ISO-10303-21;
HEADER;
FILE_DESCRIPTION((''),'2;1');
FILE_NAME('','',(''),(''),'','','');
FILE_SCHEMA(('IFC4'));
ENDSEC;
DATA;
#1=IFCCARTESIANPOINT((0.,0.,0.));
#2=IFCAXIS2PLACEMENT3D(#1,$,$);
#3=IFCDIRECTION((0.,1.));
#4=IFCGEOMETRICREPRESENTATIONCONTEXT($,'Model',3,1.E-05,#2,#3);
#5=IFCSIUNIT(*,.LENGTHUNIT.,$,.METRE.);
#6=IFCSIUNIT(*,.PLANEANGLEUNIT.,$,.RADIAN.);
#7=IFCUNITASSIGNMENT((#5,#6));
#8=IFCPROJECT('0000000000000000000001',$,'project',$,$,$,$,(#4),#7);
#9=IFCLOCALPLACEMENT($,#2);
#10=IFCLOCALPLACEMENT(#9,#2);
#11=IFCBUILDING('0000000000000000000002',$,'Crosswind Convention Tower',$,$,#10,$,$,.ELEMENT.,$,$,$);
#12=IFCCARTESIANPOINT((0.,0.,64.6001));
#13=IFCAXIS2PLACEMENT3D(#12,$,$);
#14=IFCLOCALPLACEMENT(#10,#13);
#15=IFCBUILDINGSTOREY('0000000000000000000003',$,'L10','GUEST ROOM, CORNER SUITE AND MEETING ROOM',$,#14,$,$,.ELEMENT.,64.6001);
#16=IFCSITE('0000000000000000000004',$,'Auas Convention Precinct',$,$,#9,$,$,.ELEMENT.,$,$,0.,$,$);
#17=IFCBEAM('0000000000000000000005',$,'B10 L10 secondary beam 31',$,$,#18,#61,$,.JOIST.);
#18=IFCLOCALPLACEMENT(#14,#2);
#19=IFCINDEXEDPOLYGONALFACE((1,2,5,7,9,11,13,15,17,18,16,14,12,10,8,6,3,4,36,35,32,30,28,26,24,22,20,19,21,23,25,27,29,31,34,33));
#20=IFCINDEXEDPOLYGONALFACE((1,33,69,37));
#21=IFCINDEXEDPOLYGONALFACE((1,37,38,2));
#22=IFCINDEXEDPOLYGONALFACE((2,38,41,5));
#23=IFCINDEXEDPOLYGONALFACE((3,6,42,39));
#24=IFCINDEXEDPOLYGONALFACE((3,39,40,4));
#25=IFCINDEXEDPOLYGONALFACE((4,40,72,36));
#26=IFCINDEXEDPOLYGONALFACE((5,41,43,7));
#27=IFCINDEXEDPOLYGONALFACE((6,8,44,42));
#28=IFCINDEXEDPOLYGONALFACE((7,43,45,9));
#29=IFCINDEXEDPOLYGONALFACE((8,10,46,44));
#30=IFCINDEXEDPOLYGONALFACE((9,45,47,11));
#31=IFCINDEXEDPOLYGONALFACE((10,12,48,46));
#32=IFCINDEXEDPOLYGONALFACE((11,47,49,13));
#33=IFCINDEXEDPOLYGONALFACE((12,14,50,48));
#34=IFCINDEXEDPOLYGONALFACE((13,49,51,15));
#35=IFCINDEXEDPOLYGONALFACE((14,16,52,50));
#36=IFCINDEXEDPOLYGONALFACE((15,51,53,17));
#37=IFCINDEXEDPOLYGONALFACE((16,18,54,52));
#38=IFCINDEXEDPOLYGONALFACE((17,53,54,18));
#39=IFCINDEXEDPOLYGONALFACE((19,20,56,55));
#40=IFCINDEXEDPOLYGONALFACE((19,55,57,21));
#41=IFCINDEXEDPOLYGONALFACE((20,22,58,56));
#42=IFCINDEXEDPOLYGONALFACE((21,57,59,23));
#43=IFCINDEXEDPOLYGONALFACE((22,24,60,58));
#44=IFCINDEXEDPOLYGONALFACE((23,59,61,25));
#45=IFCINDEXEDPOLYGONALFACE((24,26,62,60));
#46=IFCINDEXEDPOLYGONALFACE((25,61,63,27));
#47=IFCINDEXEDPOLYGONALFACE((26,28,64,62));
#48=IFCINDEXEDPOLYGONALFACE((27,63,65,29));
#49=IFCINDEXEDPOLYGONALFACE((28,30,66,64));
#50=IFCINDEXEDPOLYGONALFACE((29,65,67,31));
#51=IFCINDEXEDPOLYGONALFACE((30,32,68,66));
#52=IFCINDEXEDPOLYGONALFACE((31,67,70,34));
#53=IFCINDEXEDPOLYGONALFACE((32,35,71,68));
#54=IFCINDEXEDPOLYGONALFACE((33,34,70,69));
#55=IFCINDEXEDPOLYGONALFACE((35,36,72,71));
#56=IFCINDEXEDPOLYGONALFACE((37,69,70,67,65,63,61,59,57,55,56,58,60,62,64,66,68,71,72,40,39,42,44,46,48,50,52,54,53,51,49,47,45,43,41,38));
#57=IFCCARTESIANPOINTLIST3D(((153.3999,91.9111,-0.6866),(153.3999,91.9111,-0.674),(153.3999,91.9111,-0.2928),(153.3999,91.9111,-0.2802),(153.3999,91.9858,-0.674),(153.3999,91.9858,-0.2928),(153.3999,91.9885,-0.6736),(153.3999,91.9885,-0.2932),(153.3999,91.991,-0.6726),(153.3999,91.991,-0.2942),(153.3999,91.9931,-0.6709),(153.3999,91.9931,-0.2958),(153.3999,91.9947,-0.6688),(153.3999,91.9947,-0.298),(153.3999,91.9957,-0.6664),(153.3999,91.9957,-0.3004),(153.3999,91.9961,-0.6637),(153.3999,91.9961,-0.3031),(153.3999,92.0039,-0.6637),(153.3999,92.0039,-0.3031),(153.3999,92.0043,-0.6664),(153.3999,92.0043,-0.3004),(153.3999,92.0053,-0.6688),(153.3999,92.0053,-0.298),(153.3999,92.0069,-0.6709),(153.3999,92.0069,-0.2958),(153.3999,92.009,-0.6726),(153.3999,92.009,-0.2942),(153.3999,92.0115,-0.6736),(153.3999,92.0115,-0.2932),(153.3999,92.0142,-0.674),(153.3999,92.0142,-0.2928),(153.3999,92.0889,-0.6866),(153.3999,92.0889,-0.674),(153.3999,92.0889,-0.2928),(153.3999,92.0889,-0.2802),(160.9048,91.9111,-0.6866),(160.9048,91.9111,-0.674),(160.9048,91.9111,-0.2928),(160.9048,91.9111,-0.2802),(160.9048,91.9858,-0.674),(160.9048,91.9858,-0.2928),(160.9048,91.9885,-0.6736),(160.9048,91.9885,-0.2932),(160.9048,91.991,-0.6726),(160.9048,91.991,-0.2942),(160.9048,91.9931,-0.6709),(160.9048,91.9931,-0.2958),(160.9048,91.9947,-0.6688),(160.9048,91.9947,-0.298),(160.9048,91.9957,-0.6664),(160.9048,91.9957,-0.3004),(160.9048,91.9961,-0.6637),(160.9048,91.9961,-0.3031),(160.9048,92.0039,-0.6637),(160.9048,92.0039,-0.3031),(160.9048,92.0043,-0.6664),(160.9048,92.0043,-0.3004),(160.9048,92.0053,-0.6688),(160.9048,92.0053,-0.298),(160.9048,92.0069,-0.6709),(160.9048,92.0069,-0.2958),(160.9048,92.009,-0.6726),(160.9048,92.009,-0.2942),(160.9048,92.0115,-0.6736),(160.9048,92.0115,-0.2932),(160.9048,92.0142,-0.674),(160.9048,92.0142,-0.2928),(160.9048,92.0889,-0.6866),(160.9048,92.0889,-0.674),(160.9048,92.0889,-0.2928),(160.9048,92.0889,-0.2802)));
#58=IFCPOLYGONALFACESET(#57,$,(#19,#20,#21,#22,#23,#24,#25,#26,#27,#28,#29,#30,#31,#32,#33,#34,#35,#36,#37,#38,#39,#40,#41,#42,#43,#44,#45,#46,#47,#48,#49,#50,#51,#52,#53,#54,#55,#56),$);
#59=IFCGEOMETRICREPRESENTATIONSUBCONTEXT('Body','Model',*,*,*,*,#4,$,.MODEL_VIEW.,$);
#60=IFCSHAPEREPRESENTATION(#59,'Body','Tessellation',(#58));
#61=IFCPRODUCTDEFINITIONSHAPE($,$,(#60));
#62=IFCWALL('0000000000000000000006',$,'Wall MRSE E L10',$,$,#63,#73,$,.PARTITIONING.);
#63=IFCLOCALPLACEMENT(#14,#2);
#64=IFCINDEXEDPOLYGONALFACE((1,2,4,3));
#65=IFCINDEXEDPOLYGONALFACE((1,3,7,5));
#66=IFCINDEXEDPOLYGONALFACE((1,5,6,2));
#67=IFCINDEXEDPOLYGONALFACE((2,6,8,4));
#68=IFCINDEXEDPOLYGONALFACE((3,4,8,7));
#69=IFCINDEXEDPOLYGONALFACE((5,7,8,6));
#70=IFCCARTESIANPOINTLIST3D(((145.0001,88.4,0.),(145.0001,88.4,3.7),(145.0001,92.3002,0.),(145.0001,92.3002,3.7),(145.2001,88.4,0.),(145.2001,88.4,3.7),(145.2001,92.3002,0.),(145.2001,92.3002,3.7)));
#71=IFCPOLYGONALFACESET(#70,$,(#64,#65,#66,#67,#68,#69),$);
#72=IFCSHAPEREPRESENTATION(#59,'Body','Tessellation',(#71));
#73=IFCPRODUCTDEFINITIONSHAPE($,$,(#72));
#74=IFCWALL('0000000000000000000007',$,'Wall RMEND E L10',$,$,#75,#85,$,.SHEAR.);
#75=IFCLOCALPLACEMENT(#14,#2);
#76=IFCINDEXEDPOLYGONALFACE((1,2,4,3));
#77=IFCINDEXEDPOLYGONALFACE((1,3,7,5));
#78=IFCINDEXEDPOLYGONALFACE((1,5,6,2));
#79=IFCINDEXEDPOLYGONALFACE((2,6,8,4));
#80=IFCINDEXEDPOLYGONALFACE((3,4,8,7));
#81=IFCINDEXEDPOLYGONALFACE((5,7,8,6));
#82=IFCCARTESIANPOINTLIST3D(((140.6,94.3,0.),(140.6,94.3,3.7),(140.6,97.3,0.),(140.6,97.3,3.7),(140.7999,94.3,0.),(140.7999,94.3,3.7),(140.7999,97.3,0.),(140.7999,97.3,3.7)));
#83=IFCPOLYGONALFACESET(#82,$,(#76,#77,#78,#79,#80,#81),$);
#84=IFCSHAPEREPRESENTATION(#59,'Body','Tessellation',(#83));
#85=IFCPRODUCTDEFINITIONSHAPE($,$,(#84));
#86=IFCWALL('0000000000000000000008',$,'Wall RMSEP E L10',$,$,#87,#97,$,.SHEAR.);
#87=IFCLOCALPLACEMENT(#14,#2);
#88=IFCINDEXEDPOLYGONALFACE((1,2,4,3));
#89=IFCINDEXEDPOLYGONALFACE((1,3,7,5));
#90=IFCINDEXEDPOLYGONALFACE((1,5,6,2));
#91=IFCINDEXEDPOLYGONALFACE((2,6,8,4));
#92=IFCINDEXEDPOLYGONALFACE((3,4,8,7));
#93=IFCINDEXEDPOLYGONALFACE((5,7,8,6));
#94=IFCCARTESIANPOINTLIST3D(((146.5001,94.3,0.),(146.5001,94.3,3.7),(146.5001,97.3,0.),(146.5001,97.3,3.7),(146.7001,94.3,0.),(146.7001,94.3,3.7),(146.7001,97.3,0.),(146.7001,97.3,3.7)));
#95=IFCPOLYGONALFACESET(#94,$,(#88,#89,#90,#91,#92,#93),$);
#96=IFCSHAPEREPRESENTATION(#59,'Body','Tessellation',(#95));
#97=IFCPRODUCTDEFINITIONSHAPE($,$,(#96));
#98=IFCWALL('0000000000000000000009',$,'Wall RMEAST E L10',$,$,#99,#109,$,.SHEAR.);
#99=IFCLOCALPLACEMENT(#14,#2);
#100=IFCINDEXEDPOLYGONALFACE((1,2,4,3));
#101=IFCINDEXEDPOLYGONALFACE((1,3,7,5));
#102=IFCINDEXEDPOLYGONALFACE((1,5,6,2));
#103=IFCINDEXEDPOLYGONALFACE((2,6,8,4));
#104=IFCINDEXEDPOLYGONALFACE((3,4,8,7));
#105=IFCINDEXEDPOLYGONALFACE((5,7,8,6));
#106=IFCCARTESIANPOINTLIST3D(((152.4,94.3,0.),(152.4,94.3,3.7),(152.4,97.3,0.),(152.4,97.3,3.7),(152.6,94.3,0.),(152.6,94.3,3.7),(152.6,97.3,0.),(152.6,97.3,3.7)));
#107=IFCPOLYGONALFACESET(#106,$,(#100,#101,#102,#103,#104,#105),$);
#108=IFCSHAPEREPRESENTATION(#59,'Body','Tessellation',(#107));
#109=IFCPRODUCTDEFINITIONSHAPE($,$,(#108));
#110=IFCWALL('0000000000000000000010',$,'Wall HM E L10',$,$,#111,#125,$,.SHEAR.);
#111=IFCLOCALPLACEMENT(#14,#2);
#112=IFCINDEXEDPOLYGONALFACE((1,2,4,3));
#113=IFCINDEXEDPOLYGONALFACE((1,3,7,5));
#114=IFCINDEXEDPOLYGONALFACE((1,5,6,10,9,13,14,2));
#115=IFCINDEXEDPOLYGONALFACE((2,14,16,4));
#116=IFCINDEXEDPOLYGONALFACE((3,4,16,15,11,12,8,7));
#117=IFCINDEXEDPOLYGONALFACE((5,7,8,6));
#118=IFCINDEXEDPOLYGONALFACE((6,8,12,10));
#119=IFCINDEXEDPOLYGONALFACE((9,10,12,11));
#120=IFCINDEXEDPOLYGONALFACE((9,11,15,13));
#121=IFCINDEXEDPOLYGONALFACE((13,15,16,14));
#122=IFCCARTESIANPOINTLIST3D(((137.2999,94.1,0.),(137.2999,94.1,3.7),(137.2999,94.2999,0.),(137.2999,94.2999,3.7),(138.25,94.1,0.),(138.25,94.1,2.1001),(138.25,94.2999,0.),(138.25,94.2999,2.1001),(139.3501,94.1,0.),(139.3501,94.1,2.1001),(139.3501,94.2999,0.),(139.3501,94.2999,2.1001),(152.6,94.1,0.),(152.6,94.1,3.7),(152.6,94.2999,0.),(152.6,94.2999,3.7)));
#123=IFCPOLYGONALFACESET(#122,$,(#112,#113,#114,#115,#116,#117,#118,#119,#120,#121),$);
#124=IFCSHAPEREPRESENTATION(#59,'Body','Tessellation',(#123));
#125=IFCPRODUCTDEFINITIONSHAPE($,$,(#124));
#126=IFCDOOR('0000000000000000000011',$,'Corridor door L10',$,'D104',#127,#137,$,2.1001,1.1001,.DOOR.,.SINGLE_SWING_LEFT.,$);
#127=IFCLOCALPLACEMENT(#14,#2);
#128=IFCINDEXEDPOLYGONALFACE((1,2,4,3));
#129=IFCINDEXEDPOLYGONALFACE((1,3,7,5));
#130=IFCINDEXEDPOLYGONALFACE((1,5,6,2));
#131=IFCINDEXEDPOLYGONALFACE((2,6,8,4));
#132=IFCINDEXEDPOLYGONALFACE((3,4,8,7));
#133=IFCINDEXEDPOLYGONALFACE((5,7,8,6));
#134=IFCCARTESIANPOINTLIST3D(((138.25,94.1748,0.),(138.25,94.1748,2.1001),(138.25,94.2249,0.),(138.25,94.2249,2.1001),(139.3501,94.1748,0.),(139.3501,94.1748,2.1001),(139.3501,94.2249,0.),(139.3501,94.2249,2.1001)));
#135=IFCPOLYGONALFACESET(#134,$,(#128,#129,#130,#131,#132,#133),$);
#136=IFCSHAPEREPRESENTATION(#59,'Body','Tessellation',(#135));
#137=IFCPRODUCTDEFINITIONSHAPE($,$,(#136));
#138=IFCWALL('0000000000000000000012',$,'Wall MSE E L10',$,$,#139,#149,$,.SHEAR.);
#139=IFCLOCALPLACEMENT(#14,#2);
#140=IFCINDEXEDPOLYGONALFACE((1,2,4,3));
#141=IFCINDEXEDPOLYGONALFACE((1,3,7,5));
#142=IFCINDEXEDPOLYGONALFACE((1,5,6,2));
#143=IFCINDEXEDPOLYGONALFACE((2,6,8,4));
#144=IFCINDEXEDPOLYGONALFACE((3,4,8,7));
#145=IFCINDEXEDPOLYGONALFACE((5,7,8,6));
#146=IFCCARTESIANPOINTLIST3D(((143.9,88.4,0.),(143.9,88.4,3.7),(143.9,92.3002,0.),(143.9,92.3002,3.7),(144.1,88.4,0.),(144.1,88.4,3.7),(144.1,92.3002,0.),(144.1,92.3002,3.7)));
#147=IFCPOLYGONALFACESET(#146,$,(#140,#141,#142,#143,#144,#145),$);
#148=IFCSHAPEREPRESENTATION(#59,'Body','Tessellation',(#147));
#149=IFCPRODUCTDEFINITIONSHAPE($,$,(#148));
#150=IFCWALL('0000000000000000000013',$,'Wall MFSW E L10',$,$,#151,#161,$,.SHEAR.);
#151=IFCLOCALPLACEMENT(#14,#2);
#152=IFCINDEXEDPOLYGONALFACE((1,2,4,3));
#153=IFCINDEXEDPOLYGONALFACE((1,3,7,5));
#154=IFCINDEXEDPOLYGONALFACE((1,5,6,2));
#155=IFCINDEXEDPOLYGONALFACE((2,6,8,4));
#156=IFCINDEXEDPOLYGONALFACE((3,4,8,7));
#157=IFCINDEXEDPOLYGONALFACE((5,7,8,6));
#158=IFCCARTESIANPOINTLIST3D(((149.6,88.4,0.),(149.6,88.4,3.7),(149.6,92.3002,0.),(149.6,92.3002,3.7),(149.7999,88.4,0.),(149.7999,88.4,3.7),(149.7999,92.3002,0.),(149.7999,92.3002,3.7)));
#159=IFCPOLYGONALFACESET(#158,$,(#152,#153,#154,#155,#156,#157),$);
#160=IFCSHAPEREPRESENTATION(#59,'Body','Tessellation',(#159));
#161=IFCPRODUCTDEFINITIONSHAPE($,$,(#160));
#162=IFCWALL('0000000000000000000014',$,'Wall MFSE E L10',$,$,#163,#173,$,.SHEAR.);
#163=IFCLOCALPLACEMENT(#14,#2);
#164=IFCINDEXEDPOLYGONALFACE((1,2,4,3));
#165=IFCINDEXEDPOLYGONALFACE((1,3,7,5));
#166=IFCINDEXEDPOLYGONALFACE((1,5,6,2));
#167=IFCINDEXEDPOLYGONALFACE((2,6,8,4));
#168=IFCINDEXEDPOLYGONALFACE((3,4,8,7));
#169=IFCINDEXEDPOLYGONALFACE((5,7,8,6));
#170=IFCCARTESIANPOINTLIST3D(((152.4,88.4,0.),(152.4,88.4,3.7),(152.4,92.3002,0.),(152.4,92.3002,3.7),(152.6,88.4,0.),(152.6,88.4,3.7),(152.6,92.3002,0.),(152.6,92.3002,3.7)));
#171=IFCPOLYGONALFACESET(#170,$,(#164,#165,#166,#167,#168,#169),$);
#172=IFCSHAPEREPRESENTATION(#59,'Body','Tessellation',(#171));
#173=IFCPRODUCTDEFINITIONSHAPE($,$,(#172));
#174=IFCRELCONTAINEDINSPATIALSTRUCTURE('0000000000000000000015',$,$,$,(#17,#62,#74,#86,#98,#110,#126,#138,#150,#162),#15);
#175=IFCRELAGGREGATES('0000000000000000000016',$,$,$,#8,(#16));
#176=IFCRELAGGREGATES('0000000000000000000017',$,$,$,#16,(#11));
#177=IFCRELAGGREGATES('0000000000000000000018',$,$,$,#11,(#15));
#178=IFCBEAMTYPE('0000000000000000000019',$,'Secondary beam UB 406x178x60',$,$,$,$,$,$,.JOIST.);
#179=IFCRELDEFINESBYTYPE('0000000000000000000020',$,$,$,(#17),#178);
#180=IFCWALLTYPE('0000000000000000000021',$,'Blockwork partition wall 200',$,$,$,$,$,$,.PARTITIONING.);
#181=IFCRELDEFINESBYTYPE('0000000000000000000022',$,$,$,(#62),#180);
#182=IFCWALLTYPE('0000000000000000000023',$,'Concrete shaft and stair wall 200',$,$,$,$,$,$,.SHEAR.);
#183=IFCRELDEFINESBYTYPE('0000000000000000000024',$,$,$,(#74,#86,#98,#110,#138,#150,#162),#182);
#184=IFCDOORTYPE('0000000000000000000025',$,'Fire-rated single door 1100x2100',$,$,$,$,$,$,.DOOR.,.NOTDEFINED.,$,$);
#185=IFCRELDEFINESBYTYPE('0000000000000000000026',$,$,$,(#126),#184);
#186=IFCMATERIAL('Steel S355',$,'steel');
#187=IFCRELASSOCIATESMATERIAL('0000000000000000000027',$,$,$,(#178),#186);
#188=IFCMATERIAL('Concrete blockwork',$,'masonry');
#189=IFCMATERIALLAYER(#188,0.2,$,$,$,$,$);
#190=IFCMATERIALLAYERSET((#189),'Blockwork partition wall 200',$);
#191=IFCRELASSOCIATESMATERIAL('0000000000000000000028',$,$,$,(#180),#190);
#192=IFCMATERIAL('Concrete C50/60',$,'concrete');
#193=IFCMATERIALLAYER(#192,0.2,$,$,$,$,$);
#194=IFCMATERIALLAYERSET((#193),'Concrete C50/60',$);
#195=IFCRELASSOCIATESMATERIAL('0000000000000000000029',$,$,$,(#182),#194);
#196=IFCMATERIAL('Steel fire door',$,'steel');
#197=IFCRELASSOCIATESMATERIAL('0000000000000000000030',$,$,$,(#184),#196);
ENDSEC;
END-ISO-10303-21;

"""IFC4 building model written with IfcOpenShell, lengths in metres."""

from ifc_helpers import new_model, si_unit, direction, frame, frame_2d, origin, origin_2d, place, context, subcontext, project, spatial, rectangle, i_section, extrude, material, layer, layer_set, material_profile, profile_set, type_object, element, fill, save


model = new_model("IFC4")

# Units and contexts
model_context = context("Model", 3, precision=1e-05, world=origin(), true_north=direction((0.0, 1.0)))
body_context = subcontext(model_context, "Body", "Model", "MODEL_VIEW")
ifc_project = project(units=[si_unit("LENGTHUNIT", "METRE"), si_unit("PLANEANGLEUNIT", "RADIAN")], contexts=[model_context])

# Site, building, storey
site_placement = place(None, origin())
site = spatial("IfcSite", under=ifc_project, at=site_placement, Name="Auas Convention Precinct", CompositionType="ELEMENT", RefElevation=0.0)
building_placement = place(site_placement, origin())
building = spatial("IfcBuilding", under=site, at=building_placement, Name="Crosswind Convention Tower", CompositionType="ELEMENT")
storey_placement = place(building_placement, frame((0.0, 0.0, 64.6001)))
storey = spatial("IfcBuildingStorey", under=building, at=storey_placement, Name="L10", Description="GUEST ROOM, CORNER SUITE AND MEETING ROOM", CompositionType="ELEMENT", Elevation=64.6001)

# Beam
ifc_material_1 = material(Name="Steel S355", Category="steel")
ifc_material_profile = material_profile(ifc_material_1, i_section(OverallWidth=0.1777, OverallDepth=0.4065, WebThickness=0.0078, FlangeThickness=0.0127, FilletRadius=0.0103, at=origin_2d()), Name="UB 406x178x60")
ifc_profile_set = profile_set([ifc_material_profile], Name="Steel S355")
beam_type = type_object("IfcBeamType", Name="Secondary beam UB 406x178x60", PredefinedType="JOIST", material=ifc_profile_set)
beam_placement = place(storey_placement, frame((153.3999, 92.0, -0.4834), z_axis=(1.0, 0.0, 0.0), x_axis=(0.0, 1.0, 0.0)))
element("IfcBeam", 1, at=beam_placement, inside=storey, type_object=beam_type, Name="B10 L10 secondary beam 31", PredefinedType="JOIST", context=body_context, shape_type="SweptSolid", body=[
    extrude(i_section(OverallWidth=0.1777, OverallDepth=0.4065, WebThickness=0.0078, FlangeThickness=0.0127, FilletRadius=0.0103, at=origin_2d()), origin(), (0.0, 0.0, 1.0), 7.5049),
])

# Wall
ifc_material_2 = material(Name="Concrete blockwork", Category="masonry")
ifc_layer_1 = layer(ifc_material_2, 0.2)
ifc_layer_set_1 = layer_set([ifc_layer_1], Name="Blockwork partition wall 200")
wall_type_1 = type_object("IfcWallType", Name="Blockwork partition wall 200", PredefinedType="PARTITIONING", material=ifc_layer_set_1)
wall_1_placement = place(storey_placement, frame((145.1001, 88.3999, 0.0), z_axis=(0.0, 0.0, 1.0), x_axis=(0.0, 1.0, 0.0)))
element("IfcWall", 2, at=wall_1_placement, inside=storey, type_object=wall_type_1, Name="Wall MRSE E L10", PredefinedType="PARTITIONING", context=body_context, shape_type="SweptSolid", body=[
    extrude(rectangle(XDim=3.9001, YDim=0.2, at=frame_2d((1.9502, 0.0))), origin(), (0.0, 0.0, 1.0), 3.7),
])

# Shared definitions
ifc_material_3 = material(Name="Concrete C50/60", Category="concrete")

# Walls
ifc_layer_2 = layer(ifc_material_3, 0.2)
ifc_layer_set_2 = layer_set([ifc_layer_2], Name="Concrete C50/60")
wall_type_2 = type_object("IfcWallType", Name="Concrete shaft and stair wall 200", PredefinedType="SHEAR", material=ifc_layer_set_2)
for number, where, z_axis, x_axis, name in (
    (3, (140.7, 94.3, 0.0), (0.0, 0.0, 1.0), (0.0, 1.0, 0.0), "Wall RMEND E L10"),
    (4, (146.6001, 94.3, 0.0), (0.0, 0.0, 1.0), (0.0, 1.0, 0.0), "Wall RMSEP E L10"),
    (5, (152.5, 94.3, 0.0), (0.0, 0.0, 1.0), (0.0, 1.0, 0.0), "Wall RMEAST E L10"),
):
    element("IfcWall", number, at=place(storey_placement, frame(where, z_axis=z_axis, x_axis=x_axis)), inside=storey, type_object=wall_type_2, Name=name, PredefinedType="SHEAR", context=body_context, shape_type="SweptSolid", body=[
        extrude(rectangle(XDim=3.0, YDim=0.2, at=frame_2d((1.5, 0.0))), origin(), (0.0, 0.0, 1.0), 3.7),
    ])

# Wall, opening, door
wall_2_placement = place(storey_placement, frame((137.3, 94.2, 0.0), z_axis=(0.0, 0.0, 1.0), x_axis=(1.0, 0.0, 0.0)))
wall_2 = element("IfcWall", 6, at=wall_2_placement, inside=storey, type_object=wall_type_2, Name="Wall HM E L10", PredefinedType="SHEAR", context=body_context, shape_type="SweptSolid", body=[
    extrude(rectangle(XDim=15.3, YDim=0.2, at=frame_2d((7.6499, 0.0))), origin(), (0.0, 0.0, 1.0), 3.7),
])
opening_1_placement = place(wall_2_placement, frame((0.95, 0.0, 0.0)))
opening_1 = element("IfcOpeningElement", 7, at=opening_1_placement, cuts=wall_2, PredefinedType="OPENING", context=body_context, shape_type="SweptSolid", body=[
    extrude(rectangle(XDim=1.1001, YDim=2.1001, at=frame_2d((0.55, 1.05))), frame((0.0, 0.1099, 0.0), z_axis=(0.0, -1.0, 0.0), x_axis=(1.0, 0.0, 0.0)), (0.0, 0.0, 1.0), 0.22),
])
ifc_material_4 = material(Name="Steel fire door", Category="steel")
door_type_1 = type_object("IfcDoorType", Name="Fire-rated single door 1100x2100", OperationType="NOTDEFINED", PredefinedType="DOOR", material=ifc_material_4)
door_1_placement = place(opening_1_placement, origin())
door_1 = element("IfcDoor", 8, at=door_1_placement, inside=storey, type_object=door_type_1, Name="Corridor door L10", ObjectType="D104", OperationType="SINGLE_SWING_LEFT", OverallHeight=2.1001, OverallWidth=1.1001, PredefinedType="DOOR", context=body_context, shape_type="SweptSolid", body=[
    extrude(rectangle(XDim=1.1001, YDim=2.1001, at=frame_2d((0.55, 1.05))), frame((0.0, 0.0249, 0.0), z_axis=(0.0, -1.0, 0.0), x_axis=(1.0, 0.0, 0.0)), (0.0, 0.0, 1.0), 0.05),
])
fill(opening_1, door_1)

# Walls
for number, where, z_axis, x_axis, name in (
    (9, (144.0, 88.3999, 0.0), (0.0, 0.0, 1.0), (0.0, 1.0, 0.0), "Wall MSE E L10"),
    (10, (149.7, 88.3999, 0.0), (0.0, 0.0, 1.0), (0.0, 1.0, 0.0), "Wall MFSW E L10"),
    (11, (152.5, 88.3999, 0.0), (0.0, 0.0, 1.0), (0.0, 1.0, 0.0), "Wall MFSE E L10"),
):
    element("IfcWall", number, at=place(storey_placement, frame(where, z_axis=z_axis, x_axis=x_axis)), inside=storey, type_object=wall_type_2, Name=name, PredefinedType="SHEAR", context=body_context, shape_type="SweptSolid", body=[
        extrude(rectangle(XDim=3.9001, YDim=0.2, at=frame_2d((1.9502, 0.0))), origin(), (0.0, 0.0, 1.0), 3.7),
    ])

save(model, "model.ifc")
